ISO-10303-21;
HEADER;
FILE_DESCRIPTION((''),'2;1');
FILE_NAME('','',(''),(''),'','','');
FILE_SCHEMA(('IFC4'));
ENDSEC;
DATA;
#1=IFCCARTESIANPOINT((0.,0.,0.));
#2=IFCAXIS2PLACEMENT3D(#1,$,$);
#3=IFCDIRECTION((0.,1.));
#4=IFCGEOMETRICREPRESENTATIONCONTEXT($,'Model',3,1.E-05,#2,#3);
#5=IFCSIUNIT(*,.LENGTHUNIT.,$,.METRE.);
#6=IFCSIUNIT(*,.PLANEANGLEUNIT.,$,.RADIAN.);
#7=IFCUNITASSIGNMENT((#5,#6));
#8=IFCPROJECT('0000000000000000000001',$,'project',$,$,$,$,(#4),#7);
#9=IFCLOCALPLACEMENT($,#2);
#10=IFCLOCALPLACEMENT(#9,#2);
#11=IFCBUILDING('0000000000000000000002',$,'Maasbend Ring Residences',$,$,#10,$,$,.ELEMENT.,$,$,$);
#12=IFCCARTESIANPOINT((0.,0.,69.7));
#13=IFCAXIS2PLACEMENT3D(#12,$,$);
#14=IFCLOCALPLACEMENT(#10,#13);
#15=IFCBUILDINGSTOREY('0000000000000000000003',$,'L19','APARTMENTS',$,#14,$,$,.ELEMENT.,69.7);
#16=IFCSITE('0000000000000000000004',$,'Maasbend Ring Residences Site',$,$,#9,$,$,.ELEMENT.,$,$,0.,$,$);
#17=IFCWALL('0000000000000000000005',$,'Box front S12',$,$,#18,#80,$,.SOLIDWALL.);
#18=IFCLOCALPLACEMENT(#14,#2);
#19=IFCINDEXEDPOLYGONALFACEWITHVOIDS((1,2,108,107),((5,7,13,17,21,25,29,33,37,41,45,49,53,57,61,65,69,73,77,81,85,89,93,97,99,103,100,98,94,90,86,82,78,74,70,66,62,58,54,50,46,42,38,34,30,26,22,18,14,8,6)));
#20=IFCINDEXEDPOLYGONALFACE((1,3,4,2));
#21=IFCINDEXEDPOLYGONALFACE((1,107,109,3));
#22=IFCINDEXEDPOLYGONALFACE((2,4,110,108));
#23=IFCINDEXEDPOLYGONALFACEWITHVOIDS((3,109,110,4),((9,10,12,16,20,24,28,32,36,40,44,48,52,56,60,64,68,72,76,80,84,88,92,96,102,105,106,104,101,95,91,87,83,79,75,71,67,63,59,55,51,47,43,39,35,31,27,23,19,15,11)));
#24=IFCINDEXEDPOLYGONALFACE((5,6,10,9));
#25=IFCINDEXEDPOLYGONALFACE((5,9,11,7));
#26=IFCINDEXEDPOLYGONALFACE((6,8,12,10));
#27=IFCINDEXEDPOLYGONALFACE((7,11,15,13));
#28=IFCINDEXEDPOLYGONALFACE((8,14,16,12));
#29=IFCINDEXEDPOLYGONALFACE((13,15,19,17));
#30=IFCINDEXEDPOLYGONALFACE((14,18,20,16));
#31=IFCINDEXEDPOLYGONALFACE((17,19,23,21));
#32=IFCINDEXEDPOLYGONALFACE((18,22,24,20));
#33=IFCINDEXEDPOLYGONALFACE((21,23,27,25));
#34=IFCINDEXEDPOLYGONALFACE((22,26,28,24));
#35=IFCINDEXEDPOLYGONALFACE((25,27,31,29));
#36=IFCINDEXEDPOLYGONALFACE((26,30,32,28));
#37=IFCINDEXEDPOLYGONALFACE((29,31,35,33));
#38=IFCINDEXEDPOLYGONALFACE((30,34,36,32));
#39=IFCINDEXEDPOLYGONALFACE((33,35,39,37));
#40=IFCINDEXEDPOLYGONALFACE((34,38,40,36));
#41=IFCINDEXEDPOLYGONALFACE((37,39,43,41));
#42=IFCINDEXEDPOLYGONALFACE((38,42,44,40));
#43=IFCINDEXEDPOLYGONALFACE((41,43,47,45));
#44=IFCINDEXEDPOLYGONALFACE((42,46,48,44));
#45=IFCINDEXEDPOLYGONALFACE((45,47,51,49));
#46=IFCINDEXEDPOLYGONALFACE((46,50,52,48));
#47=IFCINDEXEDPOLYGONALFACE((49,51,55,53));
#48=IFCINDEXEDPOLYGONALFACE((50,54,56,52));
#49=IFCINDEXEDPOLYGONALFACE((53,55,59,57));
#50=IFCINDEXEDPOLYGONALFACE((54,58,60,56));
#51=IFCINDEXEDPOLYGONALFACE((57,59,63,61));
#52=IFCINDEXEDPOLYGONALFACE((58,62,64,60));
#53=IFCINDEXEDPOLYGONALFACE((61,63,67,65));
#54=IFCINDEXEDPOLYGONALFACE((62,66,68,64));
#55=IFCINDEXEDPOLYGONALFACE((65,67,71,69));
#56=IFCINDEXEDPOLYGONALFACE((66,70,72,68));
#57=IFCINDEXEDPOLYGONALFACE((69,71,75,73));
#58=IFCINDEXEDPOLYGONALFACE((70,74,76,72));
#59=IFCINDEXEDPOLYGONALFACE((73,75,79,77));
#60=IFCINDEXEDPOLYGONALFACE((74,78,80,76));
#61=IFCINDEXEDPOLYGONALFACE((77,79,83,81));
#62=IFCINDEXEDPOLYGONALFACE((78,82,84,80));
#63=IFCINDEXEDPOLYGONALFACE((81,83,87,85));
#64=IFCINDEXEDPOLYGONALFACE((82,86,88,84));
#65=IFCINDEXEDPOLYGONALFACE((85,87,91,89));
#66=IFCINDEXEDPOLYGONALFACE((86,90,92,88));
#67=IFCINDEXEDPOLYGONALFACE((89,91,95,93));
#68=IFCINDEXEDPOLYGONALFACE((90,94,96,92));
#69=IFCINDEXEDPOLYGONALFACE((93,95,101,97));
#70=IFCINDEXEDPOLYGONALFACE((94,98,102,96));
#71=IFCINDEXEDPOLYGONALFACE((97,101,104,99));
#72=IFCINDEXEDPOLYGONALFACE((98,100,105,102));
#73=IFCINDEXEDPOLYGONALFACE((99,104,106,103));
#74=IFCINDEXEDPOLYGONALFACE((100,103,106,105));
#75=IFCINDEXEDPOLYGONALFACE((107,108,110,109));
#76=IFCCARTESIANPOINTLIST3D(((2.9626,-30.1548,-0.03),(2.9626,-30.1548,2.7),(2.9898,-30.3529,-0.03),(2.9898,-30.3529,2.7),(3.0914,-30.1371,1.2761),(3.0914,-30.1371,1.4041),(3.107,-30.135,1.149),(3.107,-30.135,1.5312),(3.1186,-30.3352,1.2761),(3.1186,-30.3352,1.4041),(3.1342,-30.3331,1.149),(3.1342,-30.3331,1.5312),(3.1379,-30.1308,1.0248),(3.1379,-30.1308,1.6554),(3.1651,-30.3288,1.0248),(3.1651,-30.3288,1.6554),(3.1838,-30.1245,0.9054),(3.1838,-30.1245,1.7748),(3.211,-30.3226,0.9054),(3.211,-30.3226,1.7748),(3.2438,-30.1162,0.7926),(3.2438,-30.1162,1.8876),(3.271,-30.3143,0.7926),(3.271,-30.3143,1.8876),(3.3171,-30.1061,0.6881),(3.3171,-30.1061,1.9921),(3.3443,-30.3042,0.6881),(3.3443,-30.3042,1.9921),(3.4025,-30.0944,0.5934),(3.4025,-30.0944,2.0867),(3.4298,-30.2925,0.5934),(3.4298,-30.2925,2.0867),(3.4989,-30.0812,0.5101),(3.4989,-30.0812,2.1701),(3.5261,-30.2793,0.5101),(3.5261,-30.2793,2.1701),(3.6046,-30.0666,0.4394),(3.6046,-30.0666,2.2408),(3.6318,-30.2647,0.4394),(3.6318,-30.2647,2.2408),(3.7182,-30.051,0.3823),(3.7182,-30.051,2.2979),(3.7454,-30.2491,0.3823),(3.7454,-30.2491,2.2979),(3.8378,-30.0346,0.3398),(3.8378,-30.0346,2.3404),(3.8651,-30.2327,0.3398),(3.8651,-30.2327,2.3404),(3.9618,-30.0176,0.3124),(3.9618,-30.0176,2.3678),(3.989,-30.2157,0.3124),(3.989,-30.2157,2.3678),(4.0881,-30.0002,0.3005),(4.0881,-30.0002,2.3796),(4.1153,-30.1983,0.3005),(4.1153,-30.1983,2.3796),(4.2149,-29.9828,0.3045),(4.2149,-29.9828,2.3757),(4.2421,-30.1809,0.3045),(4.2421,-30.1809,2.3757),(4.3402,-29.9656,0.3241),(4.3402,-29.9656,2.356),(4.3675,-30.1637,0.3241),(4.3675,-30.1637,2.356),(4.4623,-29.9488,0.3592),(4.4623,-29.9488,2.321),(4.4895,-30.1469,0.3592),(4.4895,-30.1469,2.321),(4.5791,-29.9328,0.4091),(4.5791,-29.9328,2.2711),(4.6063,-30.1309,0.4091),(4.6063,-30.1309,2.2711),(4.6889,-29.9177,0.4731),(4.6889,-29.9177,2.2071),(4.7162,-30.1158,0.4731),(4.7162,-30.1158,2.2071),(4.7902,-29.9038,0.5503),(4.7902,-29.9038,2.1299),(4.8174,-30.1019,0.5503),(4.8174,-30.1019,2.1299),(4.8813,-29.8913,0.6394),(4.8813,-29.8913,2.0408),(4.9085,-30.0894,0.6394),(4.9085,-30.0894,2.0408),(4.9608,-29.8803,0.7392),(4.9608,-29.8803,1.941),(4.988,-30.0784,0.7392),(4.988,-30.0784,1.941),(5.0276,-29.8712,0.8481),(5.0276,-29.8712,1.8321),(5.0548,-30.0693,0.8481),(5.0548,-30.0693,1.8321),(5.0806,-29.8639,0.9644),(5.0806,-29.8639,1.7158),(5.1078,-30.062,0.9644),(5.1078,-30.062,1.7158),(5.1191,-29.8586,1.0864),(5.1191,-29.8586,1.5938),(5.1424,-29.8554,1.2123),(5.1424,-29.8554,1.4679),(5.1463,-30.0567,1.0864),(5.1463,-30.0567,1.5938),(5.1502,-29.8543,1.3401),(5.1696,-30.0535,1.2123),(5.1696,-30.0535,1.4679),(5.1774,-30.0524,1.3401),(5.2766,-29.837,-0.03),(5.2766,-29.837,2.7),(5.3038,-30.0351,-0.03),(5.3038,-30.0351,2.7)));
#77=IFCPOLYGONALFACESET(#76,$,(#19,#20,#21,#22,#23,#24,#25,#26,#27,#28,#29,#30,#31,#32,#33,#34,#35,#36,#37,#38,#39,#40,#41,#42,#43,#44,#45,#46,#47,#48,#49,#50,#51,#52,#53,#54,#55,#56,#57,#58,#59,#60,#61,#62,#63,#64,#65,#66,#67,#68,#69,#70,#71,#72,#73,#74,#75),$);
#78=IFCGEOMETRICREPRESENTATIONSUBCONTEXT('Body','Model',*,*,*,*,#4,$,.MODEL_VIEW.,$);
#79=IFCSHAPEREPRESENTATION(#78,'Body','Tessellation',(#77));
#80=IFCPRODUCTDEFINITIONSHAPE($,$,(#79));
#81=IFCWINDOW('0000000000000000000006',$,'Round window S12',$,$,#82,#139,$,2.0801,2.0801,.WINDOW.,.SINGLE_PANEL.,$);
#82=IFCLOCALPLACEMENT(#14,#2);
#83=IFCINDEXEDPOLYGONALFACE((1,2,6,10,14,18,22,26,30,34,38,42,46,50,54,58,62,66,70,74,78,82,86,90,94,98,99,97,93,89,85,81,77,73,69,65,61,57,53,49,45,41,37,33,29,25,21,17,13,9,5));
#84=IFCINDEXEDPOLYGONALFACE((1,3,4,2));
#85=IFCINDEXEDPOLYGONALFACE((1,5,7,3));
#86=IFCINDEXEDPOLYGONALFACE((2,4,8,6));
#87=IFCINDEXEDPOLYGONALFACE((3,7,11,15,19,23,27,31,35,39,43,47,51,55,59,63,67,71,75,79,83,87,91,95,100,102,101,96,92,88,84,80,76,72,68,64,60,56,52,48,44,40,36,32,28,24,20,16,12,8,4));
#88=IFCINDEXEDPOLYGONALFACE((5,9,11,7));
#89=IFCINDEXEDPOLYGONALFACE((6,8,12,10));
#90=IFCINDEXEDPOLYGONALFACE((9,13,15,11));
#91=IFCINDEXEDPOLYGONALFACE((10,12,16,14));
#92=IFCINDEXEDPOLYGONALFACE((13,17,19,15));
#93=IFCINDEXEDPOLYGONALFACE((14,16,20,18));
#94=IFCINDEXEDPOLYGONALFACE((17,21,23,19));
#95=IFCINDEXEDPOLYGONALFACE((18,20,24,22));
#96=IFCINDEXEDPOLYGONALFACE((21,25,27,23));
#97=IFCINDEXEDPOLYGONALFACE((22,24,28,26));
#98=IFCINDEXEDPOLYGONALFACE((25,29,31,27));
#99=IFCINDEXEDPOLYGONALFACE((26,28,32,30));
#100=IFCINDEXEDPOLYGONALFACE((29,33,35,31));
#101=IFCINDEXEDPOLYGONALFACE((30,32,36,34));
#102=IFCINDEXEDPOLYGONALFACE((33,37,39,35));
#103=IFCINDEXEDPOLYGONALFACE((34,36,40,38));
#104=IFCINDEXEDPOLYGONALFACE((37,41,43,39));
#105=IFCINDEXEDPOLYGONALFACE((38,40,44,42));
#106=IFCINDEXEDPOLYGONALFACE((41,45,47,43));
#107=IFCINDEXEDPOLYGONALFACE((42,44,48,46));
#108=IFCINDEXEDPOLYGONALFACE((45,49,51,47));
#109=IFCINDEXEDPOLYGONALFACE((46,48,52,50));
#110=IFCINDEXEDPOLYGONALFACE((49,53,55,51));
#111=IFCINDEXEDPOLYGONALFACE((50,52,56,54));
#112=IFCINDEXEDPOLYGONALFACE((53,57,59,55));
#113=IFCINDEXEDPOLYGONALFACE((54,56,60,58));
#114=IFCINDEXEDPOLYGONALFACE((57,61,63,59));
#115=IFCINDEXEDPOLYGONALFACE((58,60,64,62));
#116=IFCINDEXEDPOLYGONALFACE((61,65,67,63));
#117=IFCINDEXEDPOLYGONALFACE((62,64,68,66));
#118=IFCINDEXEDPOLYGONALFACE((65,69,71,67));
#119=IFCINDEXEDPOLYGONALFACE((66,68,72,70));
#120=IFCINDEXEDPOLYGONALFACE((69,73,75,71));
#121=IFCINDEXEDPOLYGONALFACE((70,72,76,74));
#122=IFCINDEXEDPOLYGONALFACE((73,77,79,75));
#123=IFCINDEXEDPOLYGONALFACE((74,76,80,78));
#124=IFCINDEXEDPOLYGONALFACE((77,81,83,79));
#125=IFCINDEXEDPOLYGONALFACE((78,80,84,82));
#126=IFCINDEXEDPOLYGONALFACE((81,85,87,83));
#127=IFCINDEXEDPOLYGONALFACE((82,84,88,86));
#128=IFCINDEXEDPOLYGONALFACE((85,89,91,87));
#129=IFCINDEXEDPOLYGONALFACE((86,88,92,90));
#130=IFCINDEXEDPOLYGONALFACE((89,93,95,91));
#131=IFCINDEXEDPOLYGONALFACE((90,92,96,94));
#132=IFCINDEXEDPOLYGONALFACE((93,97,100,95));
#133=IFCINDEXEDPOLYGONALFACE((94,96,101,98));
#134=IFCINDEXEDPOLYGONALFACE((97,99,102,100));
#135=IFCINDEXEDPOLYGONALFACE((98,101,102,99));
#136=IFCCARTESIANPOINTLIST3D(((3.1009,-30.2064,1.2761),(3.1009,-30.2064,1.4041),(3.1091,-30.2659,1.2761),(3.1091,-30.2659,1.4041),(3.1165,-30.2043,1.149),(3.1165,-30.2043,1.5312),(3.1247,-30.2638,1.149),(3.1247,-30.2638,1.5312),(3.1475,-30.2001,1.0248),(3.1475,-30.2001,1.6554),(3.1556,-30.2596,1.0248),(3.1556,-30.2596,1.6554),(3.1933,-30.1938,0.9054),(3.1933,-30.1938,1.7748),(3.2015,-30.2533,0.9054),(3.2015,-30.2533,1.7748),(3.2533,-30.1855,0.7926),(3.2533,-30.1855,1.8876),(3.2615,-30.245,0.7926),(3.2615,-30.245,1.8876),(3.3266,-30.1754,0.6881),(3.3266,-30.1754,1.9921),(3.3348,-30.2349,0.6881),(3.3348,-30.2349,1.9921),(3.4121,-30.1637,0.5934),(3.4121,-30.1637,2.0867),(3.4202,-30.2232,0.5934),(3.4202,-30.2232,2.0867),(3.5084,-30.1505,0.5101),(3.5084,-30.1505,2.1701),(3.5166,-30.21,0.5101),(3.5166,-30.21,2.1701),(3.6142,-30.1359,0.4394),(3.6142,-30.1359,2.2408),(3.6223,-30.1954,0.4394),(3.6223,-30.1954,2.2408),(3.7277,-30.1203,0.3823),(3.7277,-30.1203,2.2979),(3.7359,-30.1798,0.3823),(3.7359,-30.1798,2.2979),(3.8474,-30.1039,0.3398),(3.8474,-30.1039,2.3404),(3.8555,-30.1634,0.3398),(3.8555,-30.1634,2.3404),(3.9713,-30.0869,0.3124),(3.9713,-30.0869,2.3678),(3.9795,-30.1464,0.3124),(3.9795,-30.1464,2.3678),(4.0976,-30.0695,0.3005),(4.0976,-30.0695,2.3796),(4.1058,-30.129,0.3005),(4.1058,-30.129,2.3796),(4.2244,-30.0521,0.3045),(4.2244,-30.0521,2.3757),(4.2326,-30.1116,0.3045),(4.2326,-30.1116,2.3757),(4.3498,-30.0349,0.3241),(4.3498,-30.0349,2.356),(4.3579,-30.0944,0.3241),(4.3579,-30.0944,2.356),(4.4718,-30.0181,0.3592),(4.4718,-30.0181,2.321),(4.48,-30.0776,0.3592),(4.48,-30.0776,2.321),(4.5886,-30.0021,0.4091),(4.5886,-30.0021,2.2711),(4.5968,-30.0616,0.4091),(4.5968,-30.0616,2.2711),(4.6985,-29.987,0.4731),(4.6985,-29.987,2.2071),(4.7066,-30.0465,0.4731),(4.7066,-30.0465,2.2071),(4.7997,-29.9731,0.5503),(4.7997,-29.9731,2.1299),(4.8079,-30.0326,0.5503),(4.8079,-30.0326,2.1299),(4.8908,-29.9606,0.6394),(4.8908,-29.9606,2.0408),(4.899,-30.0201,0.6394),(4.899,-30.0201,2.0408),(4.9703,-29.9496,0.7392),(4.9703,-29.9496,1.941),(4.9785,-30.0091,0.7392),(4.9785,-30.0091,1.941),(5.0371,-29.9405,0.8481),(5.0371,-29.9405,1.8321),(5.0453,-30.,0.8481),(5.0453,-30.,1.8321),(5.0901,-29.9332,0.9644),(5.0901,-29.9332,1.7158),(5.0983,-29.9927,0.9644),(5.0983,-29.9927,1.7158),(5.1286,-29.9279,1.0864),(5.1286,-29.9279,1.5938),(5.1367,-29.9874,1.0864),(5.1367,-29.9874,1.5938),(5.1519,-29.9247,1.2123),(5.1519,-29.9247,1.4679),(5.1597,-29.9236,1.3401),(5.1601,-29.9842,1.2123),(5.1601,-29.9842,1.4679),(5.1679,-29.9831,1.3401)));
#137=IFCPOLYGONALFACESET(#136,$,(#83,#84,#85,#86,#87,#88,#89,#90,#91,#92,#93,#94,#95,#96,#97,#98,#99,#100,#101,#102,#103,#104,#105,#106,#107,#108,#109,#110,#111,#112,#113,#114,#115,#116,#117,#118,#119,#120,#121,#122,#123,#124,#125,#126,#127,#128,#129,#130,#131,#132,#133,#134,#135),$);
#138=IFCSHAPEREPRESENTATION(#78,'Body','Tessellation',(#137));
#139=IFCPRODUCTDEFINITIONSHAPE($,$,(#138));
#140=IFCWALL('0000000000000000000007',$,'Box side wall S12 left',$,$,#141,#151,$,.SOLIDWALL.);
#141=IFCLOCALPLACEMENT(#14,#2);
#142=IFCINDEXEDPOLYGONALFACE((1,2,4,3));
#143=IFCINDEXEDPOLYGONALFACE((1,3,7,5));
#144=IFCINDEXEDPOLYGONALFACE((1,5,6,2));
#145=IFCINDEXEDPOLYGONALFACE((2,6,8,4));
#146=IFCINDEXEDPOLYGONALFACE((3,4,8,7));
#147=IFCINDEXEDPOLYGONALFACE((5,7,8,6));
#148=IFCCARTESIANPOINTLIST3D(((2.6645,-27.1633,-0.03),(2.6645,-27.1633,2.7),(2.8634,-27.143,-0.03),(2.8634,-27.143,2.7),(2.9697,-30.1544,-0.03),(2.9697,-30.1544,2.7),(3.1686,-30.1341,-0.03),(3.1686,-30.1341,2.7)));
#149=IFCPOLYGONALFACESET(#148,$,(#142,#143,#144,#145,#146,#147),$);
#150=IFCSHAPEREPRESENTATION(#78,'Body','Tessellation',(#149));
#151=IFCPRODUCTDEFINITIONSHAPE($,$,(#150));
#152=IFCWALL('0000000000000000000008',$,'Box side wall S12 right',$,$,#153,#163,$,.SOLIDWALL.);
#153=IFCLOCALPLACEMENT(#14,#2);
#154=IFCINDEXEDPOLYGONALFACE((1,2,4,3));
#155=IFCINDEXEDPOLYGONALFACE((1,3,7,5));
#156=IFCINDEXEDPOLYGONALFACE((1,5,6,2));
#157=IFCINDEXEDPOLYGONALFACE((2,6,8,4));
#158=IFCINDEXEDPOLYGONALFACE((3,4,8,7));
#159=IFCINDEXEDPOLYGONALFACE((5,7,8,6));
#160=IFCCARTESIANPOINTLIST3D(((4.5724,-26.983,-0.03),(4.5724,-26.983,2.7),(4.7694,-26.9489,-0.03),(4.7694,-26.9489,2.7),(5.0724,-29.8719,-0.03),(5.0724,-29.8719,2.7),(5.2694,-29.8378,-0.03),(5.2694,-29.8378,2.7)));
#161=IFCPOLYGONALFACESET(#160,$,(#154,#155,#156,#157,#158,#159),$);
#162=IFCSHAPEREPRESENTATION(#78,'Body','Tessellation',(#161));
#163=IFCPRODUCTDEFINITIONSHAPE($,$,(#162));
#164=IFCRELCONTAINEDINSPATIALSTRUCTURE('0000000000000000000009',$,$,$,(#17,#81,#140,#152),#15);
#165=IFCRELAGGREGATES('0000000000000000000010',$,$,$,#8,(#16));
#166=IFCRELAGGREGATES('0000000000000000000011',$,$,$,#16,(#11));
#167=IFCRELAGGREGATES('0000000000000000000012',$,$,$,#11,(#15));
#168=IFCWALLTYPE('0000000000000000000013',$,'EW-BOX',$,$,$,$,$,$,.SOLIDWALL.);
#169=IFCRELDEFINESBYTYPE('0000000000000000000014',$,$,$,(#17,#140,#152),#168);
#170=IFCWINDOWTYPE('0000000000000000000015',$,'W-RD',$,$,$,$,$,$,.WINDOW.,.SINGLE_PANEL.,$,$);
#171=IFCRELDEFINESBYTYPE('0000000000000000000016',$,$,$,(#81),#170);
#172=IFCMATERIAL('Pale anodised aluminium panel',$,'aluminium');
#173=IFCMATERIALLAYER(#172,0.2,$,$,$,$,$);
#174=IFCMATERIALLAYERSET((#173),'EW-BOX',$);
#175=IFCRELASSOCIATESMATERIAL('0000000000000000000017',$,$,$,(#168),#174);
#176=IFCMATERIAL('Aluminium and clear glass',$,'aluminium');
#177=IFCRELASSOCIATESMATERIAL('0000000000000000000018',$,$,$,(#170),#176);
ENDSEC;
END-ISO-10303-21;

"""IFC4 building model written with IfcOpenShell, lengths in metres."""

from ifc_helpers import new_model, si_unit, direction, frame, frame_2d, origin, place, context, subcontext, project, spatial, rectangle, circle, extrude, material, layer, layer_set, type_object, element, fill, save


model = new_model("IFC4")

# Units and contexts
model_context = context("Model", 3, precision=1e-05, world=origin(), true_north=direction((0.0, 1.0)))
body_context = subcontext(model_context, "Body", "Model", "MODEL_VIEW")
ifc_project = project(units=[si_unit("LENGTHUNIT", "METRE"), si_unit("PLANEANGLEUNIT", "RADIAN")], contexts=[model_context])

# Site, building, storey
site_placement = place(None, origin())
site = spatial("IfcSite", under=ifc_project, at=site_placement, Name="Maasbend Ring Residences Site", CompositionType="ELEMENT", RefElevation=0.0)
building_placement = place(site_placement, origin())
building = spatial("IfcBuilding", under=site, at=building_placement, Name="Maasbend Ring Residences", CompositionType="ELEMENT")
storey_placement = place(building_placement, frame((0.0, 0.0, 69.7)))
storey = spatial("IfcBuildingStorey", under=building, at=storey_placement, Name="L19", Description="APARTMENTS", CompositionType="ELEMENT", Elevation=69.7)

# Wall, opening, window
ifc_material_1 = material(Name="Pale anodised aluminium panel", Category="aluminium")
ifc_layer_1 = layer(ifc_material_1, 0.2)
ifc_layer_set_1 = layer_set([ifc_layer_1], Name="EW-BOX")
wall_type_1 = type_object("IfcWallType", Name="EW-BOX", PredefinedType="SOLIDWALL", material=ifc_layer_set_1)
wall_1_placement = place(storey_placement, frame((2.9761, -30.2539, -0.03), z_axis=(0.0, 0.0, 1.0), x_axis=(0.990696, 0.136093, 0.0)))
wall_1 = element("IfcWall", 1, at=wall_1_placement, inside=storey, type_object=wall_type_1, Name="Box front S12", PredefinedType="SOLIDWALL", context=body_context, shape_type="SweptSolid", body=[
    extrude(rectangle(XDim=2.3357, YDim=0.2, at=frame_2d((1.168, 0.0))), origin(), (0.0, 0.0, 1.0), 2.73),
])
opening_1_placement = place(wall_1_placement, frame((0.1282, 0.0, 0.3301)))
opening_1 = element("IfcOpeningElement", 2, at=opening_1_placement, cuts=wall_1, PredefinedType="OPENING", context=body_context, shape_type="SweptSolid", body=[
    extrude(circle(Radius=1.04, at=frame_2d((1.04, 1.04))), frame((0.0, 0.1099, 0.0), z_axis=(0.0, -1.0, 0.0), x_axis=(1.0, 0.0, 0.0)), (0.0, 0.0, 1.0), 0.22),
])
ifc_material_2 = material(Name="Aluminium and clear glass", Category="aluminium")
window_type_1 = type_object("IfcWindowType", Name="W-RD", PartitioningType="SINGLE_PANEL", PredefinedType="WINDOW", material=ifc_material_2)
window_1_placement = place(opening_1_placement, origin())
window_1 = element("IfcWindow", 3, at=window_1_placement, inside=storey, type_object=window_type_1, Name="Round window S12", OverallHeight=2.0801, OverallWidth=2.0801, PartitioningType="SINGLE_PANEL", PredefinedType="WINDOW", context=body_context, shape_type="SweptSolid", body=[
    extrude(circle(Radius=1.04, at=frame_2d((1.04, 1.04))), frame((0.0, 0.03, 0.0), z_axis=(0.0, -1.0, 0.0), x_axis=(1.0, 0.0, 0.0)), (0.0, 0.0, 1.0), 0.0601),
])
fill(opening_1, window_1)

# Walls
wall_2_placement = place(storey_placement, frame((2.7639, -27.1531, -0.03), z_axis=(0.0, 0.0, 1.0), x_axis=(0.101505, -0.994835, 0.0)))
element("IfcWall", 4, at=wall_2_placement, inside=storey, type_object=wall_type_1, Name="Box side wall S12 left", PredefinedType="SOLIDWALL", context=body_context, shape_type="SweptSolid", body=[
    extrude(rectangle(XDim=3.0066, YDim=0.2, at=frame_2d((1.5034, 0.0))), origin(), (0.0, 0.0, 1.0), 2.73),
])
wall_3_placement = place(storey_placement, frame((4.6709, -26.9661, -0.03), z_axis=(0.0, 0.0, 1.0), x_axis=(0.17054, -0.985351, 0.0)))
element("IfcWall", 5, at=wall_3_placement, inside=storey, type_object=wall_type_1, Name="Box side wall S12 right", PredefinedType="SOLIDWALL", context=body_context, shape_type="SweptSolid", body=[
    extrude(rectangle(XDim=2.9319, YDim=0.2, at=frame_2d((1.4658, 0.0))), origin(), (0.0, 0.0, 1.0), 2.73),
])

save(model, "model.ifc")
